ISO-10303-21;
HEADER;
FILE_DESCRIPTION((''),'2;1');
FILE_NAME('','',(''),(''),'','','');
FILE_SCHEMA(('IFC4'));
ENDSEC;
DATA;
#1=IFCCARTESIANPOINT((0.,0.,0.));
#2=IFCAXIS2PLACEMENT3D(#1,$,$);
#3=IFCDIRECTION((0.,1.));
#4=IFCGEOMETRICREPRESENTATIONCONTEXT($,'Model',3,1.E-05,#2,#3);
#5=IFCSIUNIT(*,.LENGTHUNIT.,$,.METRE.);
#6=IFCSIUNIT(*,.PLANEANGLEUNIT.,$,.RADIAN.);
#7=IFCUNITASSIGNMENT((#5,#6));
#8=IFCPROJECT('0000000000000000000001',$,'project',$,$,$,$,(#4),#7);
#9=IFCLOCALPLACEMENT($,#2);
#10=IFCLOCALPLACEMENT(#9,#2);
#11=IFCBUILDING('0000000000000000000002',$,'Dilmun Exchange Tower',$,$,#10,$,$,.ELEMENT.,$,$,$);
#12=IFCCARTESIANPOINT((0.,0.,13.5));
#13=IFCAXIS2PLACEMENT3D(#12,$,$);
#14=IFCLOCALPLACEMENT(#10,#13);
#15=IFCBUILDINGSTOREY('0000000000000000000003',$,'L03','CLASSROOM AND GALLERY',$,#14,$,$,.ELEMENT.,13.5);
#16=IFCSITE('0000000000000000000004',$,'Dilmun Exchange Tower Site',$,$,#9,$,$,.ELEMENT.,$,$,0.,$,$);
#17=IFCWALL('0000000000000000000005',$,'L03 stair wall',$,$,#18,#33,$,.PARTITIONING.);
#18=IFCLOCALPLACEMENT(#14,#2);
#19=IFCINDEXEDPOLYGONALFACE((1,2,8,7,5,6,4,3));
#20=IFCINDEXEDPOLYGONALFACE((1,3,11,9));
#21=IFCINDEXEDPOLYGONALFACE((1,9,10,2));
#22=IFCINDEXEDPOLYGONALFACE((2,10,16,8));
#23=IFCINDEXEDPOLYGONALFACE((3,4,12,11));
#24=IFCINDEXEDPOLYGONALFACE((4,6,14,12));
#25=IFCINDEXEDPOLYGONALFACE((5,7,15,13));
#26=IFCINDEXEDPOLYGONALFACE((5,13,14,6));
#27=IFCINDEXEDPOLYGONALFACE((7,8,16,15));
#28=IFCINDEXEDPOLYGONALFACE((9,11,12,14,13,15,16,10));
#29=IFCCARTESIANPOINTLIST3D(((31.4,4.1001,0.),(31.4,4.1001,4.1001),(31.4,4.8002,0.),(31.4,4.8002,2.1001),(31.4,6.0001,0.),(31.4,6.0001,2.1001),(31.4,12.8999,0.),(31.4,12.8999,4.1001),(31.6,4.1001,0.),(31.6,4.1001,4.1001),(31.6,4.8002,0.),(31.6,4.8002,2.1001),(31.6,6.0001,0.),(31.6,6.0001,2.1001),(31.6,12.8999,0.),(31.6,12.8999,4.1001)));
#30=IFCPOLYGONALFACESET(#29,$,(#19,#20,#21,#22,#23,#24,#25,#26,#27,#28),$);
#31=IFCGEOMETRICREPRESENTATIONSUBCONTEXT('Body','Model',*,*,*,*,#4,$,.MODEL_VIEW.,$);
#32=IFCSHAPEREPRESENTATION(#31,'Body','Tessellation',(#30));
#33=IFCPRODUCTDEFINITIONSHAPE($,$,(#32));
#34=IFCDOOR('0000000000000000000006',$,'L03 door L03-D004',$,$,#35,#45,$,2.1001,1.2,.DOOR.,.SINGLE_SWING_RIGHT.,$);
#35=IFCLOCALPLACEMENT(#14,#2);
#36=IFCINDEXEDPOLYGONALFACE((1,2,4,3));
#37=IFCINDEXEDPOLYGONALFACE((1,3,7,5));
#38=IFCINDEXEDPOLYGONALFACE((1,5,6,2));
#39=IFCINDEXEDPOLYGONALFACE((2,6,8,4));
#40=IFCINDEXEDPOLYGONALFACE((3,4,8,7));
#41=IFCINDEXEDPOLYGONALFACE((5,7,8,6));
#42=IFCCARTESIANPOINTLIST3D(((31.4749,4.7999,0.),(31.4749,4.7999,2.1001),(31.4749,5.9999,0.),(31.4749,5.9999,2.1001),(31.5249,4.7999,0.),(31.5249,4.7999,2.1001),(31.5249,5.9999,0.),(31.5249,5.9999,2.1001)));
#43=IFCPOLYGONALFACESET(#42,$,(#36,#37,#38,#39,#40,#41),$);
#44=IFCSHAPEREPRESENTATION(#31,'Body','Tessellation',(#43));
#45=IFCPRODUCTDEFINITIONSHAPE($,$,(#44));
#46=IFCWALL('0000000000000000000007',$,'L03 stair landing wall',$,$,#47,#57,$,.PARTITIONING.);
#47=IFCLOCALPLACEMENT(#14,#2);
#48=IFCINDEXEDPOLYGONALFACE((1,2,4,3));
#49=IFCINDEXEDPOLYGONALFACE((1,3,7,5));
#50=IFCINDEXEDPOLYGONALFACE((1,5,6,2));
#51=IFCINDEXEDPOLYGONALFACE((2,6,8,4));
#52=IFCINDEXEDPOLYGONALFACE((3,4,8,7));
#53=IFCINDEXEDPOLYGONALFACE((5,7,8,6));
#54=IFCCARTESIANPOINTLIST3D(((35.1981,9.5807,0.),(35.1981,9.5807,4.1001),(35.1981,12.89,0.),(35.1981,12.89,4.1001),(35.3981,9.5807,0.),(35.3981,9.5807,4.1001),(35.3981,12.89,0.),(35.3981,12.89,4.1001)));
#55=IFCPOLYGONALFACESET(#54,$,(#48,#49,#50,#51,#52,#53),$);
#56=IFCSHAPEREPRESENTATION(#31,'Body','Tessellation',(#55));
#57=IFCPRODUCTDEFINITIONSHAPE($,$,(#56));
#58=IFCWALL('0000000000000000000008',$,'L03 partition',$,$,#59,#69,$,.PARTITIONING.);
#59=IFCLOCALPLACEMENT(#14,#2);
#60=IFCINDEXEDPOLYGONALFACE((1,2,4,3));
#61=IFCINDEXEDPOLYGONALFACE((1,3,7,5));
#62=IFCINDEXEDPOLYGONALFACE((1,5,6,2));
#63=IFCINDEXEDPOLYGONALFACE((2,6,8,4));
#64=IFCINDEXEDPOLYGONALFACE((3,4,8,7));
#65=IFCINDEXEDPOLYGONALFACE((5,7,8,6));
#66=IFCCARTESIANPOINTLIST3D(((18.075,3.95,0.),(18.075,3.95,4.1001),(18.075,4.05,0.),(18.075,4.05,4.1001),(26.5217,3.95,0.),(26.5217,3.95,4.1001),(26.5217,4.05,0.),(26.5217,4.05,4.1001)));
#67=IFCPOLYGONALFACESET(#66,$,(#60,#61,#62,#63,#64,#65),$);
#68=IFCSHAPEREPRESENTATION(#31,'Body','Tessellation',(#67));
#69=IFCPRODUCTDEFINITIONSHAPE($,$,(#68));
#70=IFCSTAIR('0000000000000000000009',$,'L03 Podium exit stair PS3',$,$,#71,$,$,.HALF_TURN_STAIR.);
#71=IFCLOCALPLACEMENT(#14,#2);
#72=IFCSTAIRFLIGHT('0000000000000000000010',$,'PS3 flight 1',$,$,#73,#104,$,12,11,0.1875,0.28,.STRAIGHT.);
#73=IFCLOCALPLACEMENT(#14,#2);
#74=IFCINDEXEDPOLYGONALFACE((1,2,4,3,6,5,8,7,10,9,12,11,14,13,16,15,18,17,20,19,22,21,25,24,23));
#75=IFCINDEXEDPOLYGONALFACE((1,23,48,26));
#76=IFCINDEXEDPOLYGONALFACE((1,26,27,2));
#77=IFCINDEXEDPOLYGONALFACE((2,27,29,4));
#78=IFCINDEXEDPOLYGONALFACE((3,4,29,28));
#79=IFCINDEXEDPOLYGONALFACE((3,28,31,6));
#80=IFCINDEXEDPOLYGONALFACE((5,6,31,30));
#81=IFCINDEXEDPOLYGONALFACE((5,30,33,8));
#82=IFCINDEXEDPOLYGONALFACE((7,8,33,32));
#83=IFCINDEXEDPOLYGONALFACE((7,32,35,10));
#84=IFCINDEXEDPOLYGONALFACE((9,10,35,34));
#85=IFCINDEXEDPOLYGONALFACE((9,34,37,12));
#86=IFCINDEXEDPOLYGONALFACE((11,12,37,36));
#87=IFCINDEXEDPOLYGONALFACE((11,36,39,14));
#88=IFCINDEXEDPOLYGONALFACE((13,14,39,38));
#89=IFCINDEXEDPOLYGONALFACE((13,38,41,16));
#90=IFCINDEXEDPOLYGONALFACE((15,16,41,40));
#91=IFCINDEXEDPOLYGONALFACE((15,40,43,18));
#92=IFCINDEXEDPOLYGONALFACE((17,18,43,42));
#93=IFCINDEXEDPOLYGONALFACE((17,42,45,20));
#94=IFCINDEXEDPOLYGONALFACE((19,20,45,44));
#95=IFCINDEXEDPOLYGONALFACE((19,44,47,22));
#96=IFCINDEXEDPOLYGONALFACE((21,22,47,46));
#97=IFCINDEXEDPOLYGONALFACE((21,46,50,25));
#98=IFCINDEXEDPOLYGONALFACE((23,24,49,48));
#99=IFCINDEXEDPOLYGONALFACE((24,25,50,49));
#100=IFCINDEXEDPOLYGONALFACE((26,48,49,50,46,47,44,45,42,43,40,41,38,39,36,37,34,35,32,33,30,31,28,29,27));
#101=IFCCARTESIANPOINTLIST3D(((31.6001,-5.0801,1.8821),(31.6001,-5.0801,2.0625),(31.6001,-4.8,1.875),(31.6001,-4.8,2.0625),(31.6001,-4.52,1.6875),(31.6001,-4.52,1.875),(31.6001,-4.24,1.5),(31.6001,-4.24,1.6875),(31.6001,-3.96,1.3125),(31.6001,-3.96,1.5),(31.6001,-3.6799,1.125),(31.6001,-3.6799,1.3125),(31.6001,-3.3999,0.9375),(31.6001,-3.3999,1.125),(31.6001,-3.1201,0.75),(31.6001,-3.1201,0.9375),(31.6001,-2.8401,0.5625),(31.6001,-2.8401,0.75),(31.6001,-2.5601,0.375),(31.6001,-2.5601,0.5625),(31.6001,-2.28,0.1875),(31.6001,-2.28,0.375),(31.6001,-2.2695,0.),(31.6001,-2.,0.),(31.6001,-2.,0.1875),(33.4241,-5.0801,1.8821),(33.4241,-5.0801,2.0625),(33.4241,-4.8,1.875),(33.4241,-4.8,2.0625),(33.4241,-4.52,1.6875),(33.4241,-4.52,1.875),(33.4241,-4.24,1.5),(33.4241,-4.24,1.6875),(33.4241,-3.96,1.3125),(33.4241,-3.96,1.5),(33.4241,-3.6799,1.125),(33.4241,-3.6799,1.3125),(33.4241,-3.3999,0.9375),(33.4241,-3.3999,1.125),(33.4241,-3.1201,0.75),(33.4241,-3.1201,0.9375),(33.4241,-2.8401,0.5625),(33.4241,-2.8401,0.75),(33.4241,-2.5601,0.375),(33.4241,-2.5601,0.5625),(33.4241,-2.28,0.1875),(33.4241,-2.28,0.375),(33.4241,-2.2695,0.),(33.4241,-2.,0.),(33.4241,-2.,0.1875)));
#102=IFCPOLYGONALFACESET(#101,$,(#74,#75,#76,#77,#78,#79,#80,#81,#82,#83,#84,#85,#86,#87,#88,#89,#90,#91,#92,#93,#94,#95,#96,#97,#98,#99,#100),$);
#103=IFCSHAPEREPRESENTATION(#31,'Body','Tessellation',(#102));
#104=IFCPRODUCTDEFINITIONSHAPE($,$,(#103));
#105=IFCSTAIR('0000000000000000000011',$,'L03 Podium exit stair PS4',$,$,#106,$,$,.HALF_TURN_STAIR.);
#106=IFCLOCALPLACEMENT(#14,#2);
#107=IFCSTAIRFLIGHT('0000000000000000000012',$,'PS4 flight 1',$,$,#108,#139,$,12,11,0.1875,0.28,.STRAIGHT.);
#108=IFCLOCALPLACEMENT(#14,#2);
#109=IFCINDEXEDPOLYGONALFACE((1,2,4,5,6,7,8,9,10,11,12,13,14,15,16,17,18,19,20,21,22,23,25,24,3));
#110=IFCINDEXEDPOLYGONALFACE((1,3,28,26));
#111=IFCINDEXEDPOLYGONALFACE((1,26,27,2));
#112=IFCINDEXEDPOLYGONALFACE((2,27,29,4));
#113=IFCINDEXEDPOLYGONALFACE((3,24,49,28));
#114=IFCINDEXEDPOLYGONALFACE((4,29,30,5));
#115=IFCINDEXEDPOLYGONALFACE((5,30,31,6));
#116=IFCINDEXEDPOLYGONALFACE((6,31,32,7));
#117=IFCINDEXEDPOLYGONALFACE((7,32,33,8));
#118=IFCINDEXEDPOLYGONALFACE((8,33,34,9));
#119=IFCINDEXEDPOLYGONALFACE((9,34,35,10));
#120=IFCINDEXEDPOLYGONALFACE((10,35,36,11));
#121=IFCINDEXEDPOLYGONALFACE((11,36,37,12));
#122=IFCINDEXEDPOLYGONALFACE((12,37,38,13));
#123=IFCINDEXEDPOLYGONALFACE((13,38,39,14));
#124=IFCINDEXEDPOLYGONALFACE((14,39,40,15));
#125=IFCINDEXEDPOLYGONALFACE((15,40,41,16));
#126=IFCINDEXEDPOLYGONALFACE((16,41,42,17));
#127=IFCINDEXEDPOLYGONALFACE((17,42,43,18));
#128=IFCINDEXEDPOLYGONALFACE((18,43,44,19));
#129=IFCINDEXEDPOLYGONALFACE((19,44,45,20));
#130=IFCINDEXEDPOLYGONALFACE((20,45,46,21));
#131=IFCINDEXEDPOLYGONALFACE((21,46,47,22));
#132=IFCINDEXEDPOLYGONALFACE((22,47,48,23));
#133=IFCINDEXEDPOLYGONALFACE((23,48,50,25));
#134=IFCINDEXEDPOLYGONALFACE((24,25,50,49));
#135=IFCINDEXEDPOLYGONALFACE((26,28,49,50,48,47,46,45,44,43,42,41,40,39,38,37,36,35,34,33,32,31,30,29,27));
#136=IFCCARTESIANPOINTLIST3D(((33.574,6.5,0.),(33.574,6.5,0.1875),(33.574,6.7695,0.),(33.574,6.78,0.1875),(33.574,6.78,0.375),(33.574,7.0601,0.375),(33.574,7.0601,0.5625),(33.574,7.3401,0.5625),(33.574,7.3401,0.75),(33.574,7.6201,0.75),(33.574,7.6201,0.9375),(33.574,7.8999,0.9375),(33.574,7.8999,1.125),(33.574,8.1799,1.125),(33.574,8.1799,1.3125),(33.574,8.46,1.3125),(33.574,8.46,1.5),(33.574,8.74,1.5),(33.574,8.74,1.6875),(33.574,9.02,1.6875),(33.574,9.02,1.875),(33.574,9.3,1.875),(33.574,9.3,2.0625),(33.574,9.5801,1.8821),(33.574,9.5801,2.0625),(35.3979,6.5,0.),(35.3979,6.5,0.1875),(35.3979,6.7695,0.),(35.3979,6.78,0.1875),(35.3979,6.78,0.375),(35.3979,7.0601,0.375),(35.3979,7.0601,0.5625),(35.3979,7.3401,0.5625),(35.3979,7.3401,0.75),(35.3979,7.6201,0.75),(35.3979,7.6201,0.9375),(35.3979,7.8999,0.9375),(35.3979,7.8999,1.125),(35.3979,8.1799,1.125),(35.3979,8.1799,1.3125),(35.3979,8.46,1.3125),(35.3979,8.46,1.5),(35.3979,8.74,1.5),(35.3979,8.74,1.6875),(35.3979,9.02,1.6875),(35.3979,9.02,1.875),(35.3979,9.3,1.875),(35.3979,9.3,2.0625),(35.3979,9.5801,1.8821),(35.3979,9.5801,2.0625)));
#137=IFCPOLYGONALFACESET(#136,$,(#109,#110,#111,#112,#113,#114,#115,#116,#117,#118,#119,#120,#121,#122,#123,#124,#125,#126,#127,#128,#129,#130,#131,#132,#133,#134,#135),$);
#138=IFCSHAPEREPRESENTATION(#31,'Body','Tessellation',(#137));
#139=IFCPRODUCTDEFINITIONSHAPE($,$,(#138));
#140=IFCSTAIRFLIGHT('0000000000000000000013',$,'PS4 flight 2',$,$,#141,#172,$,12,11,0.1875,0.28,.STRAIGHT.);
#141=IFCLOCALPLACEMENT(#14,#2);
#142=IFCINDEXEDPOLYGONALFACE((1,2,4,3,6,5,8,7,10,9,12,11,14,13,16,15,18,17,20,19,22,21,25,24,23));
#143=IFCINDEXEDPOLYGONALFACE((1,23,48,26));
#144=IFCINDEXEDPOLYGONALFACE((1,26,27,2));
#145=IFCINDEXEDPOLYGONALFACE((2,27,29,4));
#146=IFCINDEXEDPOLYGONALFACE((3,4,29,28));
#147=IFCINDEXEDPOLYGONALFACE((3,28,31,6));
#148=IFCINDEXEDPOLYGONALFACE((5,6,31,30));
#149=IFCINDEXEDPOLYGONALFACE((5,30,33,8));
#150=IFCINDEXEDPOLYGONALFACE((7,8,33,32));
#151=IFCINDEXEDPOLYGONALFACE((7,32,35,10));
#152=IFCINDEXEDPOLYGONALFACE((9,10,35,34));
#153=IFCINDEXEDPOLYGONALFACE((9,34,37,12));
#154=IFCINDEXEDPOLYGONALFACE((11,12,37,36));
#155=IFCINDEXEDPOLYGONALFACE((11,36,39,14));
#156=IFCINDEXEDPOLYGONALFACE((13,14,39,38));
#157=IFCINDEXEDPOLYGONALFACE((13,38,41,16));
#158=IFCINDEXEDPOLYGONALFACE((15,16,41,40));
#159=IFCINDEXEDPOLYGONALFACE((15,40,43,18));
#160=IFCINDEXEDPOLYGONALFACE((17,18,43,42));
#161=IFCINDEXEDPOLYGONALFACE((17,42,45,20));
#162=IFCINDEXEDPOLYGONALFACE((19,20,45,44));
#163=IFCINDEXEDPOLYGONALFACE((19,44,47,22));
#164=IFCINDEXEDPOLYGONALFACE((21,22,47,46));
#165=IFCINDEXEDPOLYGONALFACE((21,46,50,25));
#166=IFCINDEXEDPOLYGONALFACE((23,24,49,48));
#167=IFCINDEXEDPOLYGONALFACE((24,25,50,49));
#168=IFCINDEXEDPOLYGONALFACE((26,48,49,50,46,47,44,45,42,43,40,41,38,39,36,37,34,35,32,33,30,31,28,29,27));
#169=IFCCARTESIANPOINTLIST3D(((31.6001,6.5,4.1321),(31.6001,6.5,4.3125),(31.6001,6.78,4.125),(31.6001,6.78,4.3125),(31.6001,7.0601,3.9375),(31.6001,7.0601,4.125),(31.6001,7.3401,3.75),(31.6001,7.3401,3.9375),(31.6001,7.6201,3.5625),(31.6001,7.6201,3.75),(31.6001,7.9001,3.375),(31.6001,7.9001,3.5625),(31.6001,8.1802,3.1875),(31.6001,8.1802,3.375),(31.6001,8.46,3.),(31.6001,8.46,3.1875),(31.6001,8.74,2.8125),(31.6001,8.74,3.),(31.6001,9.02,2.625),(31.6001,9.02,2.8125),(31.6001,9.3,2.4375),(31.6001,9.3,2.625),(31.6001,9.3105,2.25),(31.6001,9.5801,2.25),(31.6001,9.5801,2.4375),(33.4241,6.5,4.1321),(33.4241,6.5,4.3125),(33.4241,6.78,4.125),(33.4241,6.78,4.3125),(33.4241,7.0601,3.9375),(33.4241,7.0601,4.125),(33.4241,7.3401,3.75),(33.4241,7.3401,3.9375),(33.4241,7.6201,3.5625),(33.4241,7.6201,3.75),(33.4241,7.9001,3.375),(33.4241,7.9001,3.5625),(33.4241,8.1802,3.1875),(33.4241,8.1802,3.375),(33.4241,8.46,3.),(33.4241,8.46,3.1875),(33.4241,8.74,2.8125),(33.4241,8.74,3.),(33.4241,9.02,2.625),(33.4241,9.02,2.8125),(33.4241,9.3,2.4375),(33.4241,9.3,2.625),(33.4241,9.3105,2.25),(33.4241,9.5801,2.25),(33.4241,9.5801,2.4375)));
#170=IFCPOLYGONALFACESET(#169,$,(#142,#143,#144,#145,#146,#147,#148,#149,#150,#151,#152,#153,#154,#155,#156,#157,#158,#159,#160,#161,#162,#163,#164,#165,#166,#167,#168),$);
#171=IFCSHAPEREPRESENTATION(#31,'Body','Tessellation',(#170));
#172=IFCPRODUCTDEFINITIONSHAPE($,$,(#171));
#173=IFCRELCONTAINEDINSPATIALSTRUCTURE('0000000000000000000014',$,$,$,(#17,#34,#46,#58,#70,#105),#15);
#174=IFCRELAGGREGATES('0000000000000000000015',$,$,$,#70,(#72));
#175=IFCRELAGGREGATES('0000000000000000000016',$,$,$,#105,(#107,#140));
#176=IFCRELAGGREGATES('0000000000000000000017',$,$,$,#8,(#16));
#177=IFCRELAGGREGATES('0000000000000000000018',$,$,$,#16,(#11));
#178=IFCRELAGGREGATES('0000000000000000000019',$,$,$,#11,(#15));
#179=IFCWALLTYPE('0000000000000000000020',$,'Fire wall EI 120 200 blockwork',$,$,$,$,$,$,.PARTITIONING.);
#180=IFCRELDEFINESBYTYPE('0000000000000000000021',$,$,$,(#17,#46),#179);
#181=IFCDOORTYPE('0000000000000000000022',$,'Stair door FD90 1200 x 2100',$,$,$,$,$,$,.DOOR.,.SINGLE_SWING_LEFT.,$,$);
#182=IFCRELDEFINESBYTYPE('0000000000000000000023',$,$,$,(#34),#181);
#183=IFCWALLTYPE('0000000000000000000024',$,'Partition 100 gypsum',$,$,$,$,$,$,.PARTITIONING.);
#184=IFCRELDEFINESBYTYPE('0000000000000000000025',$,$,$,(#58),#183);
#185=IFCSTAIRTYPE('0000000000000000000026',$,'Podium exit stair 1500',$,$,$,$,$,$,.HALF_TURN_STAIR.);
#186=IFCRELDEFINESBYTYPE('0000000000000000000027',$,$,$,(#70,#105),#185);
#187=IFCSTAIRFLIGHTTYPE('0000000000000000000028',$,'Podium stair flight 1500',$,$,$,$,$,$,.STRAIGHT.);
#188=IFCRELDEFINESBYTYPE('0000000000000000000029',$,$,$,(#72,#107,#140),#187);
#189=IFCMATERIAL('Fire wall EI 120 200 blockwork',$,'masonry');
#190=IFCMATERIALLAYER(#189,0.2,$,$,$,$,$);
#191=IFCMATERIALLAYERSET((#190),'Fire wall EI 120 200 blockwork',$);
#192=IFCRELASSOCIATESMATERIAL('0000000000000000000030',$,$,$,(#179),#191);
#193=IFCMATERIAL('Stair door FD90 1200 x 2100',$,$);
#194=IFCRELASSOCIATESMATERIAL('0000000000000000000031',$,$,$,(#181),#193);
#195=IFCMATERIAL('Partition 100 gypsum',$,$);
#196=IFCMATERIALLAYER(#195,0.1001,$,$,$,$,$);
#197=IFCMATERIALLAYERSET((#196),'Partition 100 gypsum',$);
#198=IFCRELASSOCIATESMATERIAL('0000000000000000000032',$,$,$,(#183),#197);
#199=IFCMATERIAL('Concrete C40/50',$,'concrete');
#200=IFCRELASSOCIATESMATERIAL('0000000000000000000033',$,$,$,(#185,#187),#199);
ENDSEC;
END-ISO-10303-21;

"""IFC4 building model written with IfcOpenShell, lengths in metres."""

from ifc_helpers import new_model, si_unit, direction, frame, frame_2d, origin, place, context, subcontext, project, spatial, polyline, rectangle, outline, extrude, material, layer, layer_set, type_object, element, fill, aggregate, save


model = new_model("IFC4")

# Units and contexts
model_context = context("Model", 3, precision=1e-05, world=origin(), true_north=direction((0.0, 1.0)))
body_context = subcontext(model_context, "Body", "Model", "MODEL_VIEW")
ifc_project = project(units=[si_unit("LENGTHUNIT", "METRE"), si_unit("PLANEANGLEUNIT", "RADIAN")], contexts=[model_context])

# Site, building, storey
site_placement = place(None, origin())
site = spatial("IfcSite", under=ifc_project, at=site_placement, Name="Dilmun Exchange Tower Site", CompositionType="ELEMENT", RefElevation=0.0)
building_placement = place(site_placement, origin())
building = spatial("IfcBuilding", under=site, at=building_placement, Name="Dilmun Exchange Tower", CompositionType="ELEMENT")
storey_placement = place(building_placement, frame((0.0, 0.0, 13.5)))
storey = spatial("IfcBuildingStorey", under=building, at=storey_placement, Name="L03", Description="CLASSROOM AND GALLERY", CompositionType="ELEMENT", Elevation=13.5)

# Shared definitions
ifc_material_1 = material(Name="Fire wall EI 120 200 blockwork", Category="masonry")
ifc_layer_1 = layer(ifc_material_1, 0.2)
ifc_layer_set_1 = layer_set([ifc_layer_1], Name="Fire wall EI 120 200 blockwork")
wall_type_1 = type_object("IfcWallType", Name="Fire wall EI 120 200 blockwork", PredefinedType="PARTITIONING", material=ifc_layer_set_1)

# Wall, opening, door
wall_1_placement = place(storey_placement, frame((31.5, 4.1001, 0.0), z_axis=(0.0, 0.0, 1.0), x_axis=(0.0, 1.0, 0.0)))
wall_1 = element("IfcWall", 1, at=wall_1_placement, inside=storey, type_object=wall_type_1, Name="L03 stair wall", PredefinedType="PARTITIONING", context=body_context, shape_type="SweptSolid", body=[
    extrude(rectangle(XDim=8.7998, YDim=0.2, at=frame_2d((4.3999, 0.0))), origin(), (0.0, 0.0, 1.0), 4.1001),
])
opening_placement = place(wall_1_placement, frame((0.7, 0.0, 0.0)))
opening = element("IfcOpeningElement", 2, at=opening_placement, cuts=wall_1, PredefinedType="OPENING", context=body_context, shape_type="SweptSolid", body=[
    extrude(rectangle(XDim=1.2, YDim=2.1001, at=frame_2d((0.6001, 1.05))), frame((0.0, 0.1099, 0.0), z_axis=(0.0, -1.0, 0.0), x_axis=(1.0, 0.0, 0.0)), (0.0, 0.0, 1.0), 0.22),
])
ifc_material_2 = material(Name="Stair door FD90 1200 x 2100")
door_type = type_object("IfcDoorType", Name="Stair door FD90 1200 x 2100", OperationType="SINGLE_SWING_LEFT", PredefinedType="DOOR", material=ifc_material_2)
door_placement = place(opening_placement, frame((1.2, 0.0, 0.0), z_axis=(0.0, 0.0, 1.0), x_axis=(-1.0, 0.0, 0.0)))
door = element("IfcDoor", 3, at=door_placement, inside=storey, type_object=door_type, Name="L03 door L03-D004", OperationType="SINGLE_SWING_RIGHT", OverallHeight=2.1001, OverallWidth=1.2, PredefinedType="DOOR", context=body_context, shape_type="SweptSolid", body=[
    extrude(rectangle(XDim=1.2, YDim=2.1001, at=frame_2d((0.6001, 1.05))), frame((0.0, 0.0249, 0.0), z_axis=(0.0, -1.0, 0.0), x_axis=(1.0, 0.0, 0.0)), (0.0, 0.0, 1.0), 0.05),
])
fill(opening, door)

# Walls
wall_2_placement = place(storey_placement, frame((35.2981, 9.5806, 0.0), z_axis=(0.0, 0.0, 1.0), x_axis=(0.0, 1.0, 0.0)))
element("IfcWall", 4, at=wall_2_placement, inside=storey, type_object=wall_type_1, Name="L03 stair landing wall", PredefinedType="PARTITIONING", context=body_context, shape_type="SweptSolid", body=[
    extrude(rectangle(XDim=3.3093, YDim=0.2, at=frame_2d((1.6548, 0.0))), origin(), (0.0, 0.0, 1.0), 4.1001),
])
ifc_material_3 = material(Name="Partition 100 gypsum")
ifc_layer_2 = layer(ifc_material_3, 0.1001)
ifc_layer_set_2 = layer_set([ifc_layer_2], Name="Partition 100 gypsum")
wall_type_2 = type_object("IfcWallType", Name="Partition 100 gypsum", PredefinedType="PARTITIONING", material=ifc_layer_set_2)
wall_3_placement = place(storey_placement, frame((18.075, 4.0, 0.0), z_axis=(0.0, 0.0, 1.0), x_axis=(1.0, 0.0, 0.0)))
element("IfcWall", 5, at=wall_3_placement, inside=storey, type_object=wall_type_2, Name="L03 partition", PredefinedType="PARTITIONING", context=body_context, shape_type="SweptSolid", body=[
    extrude(rectangle(XDim=8.4468, YDim=0.1001, at=frame_2d((4.2234, 0.0))), origin(), (0.0, 0.0, 1.0), 4.1001),
])

# Stair, stair flight
ifc_material_4 = material(Name="Concrete C40/50", Category="concrete")
stair_type = type_object("IfcStairType", Name="Podium exit stair 1500", PredefinedType="HALF_TURN_STAIR", material=ifc_material_4)
stair_1_placement = place(storey_placement, origin())
stair_1 = element("IfcStair", 6, at=stair_1_placement, inside=storey, type_object=stair_type, Name="L03 Podium exit stair PS3", PredefinedType="HALF_TURN_STAIR")
stair_flight_type = type_object("IfcStairFlightType", Name="Podium stair flight 1500", PredefinedType="STRAIGHT", material=ifc_material_4)
stair_flight_1_placement = place(storey_placement, frame((32.512, -2.0, 0.0), z_axis=(0.0, 0.0, 1.0), x_axis=(0.0, -1.0, 0.0)))
stair_flight_1 = element("IfcStairFlight", 7, at=stair_flight_1_placement, type_object=stair_flight_type, Name="PS3 flight 1", NumberOfRisers=12, NumberOfTreads=11, PredefinedType="STRAIGHT", RiserHeight=0.1875, TreadLength=0.28, context=body_context, shape_type="SweptSolid", body=[
    extrude(outline(polyline([(0.0, 0.0), (0.0, 0.1875), (0.28, 0.1875), (0.28, 0.375), (0.5601, 0.375), (0.5601, 0.5625), (0.8401, 0.5625), (0.8401, 0.75), (1.1201, 0.75), (1.1201, 0.9375), (1.3999, 0.9375), (1.3999, 1.125), (1.6799, 1.125), (1.6799, 1.3125), (1.96, 1.3125), (1.96, 1.5), (2.24, 1.5), (2.24, 1.6875), (2.52, 1.6875), (2.52, 1.875), (2.8, 1.875), (2.8, 2.0625), (3.0801, 2.0625), (3.0801, 2.25), (3.0801, 1.8821), (0.2695, 0.0), (0.0, 0.0)])), frame((0.0, 0.9121, 0.0), z_axis=(0.0, -1.0, 0.0), x_axis=(1.0, 0.0, 0.0)), (0.0, 0.0, 1.0), 1.824),
])
aggregate(stair_1, [stair_flight_1])

# Stair, stair flights
stair_2_placement = place(storey_placement, origin())
stair_2 = element("IfcStair", 8, at=stair_2_placement, inside=storey, type_object=stair_type, Name="L03 Podium exit stair PS4", PredefinedType="HALF_TURN_STAIR")
stair_flight_2_placement = place(storey_placement, frame((34.4861, 6.5, 0.0), z_axis=(0.0, 0.0, 1.0), x_axis=(0.0, 1.0, 0.0)))
stair_flight_2 = element("IfcStairFlight", 9, at=stair_flight_2_placement, type_object=stair_flight_type, Name="PS4 flight 1", NumberOfRisers=12, NumberOfTreads=11, PredefinedType="STRAIGHT", RiserHeight=0.1875, TreadLength=0.28, context=body_context, shape_type="SweptSolid", body=[
    extrude(outline(polyline([(0.0, 0.0), (0.0, 0.1875), (0.28, 0.1875), (0.28, 0.375), (0.5601, 0.375), (0.5601, 0.5625), (0.8401, 0.5625), (0.8401, 0.75), (1.1201, 0.75), (1.1201, 0.9375), (1.3999, 0.9375), (1.3999, 1.125), (1.6799, 1.125), (1.6799, 1.3125), (1.96, 1.3125), (1.96, 1.5), (2.24, 1.5), (2.24, 1.6875), (2.52, 1.6875), (2.52, 1.875), (2.8, 1.875), (2.8, 2.0625), (3.0801, 2.0625), (3.0801, 2.25), (3.0801, 1.8821), (0.2695, 0.0), (0.0, 0.0)])), frame((0.0, 0.9121, 0.0), z_axis=(0.0, -1.0, 0.0), x_axis=(1.0, 0.0, 0.0)), (0.0, 0.0, 1.0), 1.824),
])
stair_flight_3_placement = place(storey_placement, frame((32.512, 9.5801, 2.25), z_axis=(0.0, 0.0, 1.0), x_axis=(0.0, -1.0, 0.0)))
stair_flight_3 = element("IfcStairFlight", 10, at=stair_flight_3_placement, type_object=stair_flight_type, Name="PS4 flight 2", NumberOfRisers=12, NumberOfTreads=11, PredefinedType="STRAIGHT", RiserHeight=0.1875, TreadLength=0.28, context=body_context, shape_type="SweptSolid", body=[
    extrude(outline(polyline([(0.0, 0.0), (0.0, 0.1875), (0.28, 0.1875), (0.28, 0.375), (0.5601, 0.375), (0.5601, 0.5625), (0.8401, 0.5625), (0.8401, 0.75), (1.1201, 0.75), (1.1201, 0.9375), (1.3999, 0.9375), (1.3999, 1.125), (1.6799, 1.125), (1.6799, 1.3125), (1.96, 1.3125), (1.96, 1.5), (2.24, 1.5), (2.24, 1.6875), (2.52, 1.6875), (2.52, 1.875), (2.8, 1.875), (2.8, 2.0625), (3.0801, 2.0625), (3.0801, 2.25), (3.0801, 1.8821), (0.2695, 0.0), (0.0, 0.0)])), frame((0.0, 0.9121, 0.0), z_axis=(0.0, -1.0, 0.0), x_axis=(1.0, 0.0, 0.0)), (0.0, 0.0, 1.0), 1.824),
])
aggregate(stair_2, [stair_flight_2, stair_flight_3])

save(model, "model.ifc")
